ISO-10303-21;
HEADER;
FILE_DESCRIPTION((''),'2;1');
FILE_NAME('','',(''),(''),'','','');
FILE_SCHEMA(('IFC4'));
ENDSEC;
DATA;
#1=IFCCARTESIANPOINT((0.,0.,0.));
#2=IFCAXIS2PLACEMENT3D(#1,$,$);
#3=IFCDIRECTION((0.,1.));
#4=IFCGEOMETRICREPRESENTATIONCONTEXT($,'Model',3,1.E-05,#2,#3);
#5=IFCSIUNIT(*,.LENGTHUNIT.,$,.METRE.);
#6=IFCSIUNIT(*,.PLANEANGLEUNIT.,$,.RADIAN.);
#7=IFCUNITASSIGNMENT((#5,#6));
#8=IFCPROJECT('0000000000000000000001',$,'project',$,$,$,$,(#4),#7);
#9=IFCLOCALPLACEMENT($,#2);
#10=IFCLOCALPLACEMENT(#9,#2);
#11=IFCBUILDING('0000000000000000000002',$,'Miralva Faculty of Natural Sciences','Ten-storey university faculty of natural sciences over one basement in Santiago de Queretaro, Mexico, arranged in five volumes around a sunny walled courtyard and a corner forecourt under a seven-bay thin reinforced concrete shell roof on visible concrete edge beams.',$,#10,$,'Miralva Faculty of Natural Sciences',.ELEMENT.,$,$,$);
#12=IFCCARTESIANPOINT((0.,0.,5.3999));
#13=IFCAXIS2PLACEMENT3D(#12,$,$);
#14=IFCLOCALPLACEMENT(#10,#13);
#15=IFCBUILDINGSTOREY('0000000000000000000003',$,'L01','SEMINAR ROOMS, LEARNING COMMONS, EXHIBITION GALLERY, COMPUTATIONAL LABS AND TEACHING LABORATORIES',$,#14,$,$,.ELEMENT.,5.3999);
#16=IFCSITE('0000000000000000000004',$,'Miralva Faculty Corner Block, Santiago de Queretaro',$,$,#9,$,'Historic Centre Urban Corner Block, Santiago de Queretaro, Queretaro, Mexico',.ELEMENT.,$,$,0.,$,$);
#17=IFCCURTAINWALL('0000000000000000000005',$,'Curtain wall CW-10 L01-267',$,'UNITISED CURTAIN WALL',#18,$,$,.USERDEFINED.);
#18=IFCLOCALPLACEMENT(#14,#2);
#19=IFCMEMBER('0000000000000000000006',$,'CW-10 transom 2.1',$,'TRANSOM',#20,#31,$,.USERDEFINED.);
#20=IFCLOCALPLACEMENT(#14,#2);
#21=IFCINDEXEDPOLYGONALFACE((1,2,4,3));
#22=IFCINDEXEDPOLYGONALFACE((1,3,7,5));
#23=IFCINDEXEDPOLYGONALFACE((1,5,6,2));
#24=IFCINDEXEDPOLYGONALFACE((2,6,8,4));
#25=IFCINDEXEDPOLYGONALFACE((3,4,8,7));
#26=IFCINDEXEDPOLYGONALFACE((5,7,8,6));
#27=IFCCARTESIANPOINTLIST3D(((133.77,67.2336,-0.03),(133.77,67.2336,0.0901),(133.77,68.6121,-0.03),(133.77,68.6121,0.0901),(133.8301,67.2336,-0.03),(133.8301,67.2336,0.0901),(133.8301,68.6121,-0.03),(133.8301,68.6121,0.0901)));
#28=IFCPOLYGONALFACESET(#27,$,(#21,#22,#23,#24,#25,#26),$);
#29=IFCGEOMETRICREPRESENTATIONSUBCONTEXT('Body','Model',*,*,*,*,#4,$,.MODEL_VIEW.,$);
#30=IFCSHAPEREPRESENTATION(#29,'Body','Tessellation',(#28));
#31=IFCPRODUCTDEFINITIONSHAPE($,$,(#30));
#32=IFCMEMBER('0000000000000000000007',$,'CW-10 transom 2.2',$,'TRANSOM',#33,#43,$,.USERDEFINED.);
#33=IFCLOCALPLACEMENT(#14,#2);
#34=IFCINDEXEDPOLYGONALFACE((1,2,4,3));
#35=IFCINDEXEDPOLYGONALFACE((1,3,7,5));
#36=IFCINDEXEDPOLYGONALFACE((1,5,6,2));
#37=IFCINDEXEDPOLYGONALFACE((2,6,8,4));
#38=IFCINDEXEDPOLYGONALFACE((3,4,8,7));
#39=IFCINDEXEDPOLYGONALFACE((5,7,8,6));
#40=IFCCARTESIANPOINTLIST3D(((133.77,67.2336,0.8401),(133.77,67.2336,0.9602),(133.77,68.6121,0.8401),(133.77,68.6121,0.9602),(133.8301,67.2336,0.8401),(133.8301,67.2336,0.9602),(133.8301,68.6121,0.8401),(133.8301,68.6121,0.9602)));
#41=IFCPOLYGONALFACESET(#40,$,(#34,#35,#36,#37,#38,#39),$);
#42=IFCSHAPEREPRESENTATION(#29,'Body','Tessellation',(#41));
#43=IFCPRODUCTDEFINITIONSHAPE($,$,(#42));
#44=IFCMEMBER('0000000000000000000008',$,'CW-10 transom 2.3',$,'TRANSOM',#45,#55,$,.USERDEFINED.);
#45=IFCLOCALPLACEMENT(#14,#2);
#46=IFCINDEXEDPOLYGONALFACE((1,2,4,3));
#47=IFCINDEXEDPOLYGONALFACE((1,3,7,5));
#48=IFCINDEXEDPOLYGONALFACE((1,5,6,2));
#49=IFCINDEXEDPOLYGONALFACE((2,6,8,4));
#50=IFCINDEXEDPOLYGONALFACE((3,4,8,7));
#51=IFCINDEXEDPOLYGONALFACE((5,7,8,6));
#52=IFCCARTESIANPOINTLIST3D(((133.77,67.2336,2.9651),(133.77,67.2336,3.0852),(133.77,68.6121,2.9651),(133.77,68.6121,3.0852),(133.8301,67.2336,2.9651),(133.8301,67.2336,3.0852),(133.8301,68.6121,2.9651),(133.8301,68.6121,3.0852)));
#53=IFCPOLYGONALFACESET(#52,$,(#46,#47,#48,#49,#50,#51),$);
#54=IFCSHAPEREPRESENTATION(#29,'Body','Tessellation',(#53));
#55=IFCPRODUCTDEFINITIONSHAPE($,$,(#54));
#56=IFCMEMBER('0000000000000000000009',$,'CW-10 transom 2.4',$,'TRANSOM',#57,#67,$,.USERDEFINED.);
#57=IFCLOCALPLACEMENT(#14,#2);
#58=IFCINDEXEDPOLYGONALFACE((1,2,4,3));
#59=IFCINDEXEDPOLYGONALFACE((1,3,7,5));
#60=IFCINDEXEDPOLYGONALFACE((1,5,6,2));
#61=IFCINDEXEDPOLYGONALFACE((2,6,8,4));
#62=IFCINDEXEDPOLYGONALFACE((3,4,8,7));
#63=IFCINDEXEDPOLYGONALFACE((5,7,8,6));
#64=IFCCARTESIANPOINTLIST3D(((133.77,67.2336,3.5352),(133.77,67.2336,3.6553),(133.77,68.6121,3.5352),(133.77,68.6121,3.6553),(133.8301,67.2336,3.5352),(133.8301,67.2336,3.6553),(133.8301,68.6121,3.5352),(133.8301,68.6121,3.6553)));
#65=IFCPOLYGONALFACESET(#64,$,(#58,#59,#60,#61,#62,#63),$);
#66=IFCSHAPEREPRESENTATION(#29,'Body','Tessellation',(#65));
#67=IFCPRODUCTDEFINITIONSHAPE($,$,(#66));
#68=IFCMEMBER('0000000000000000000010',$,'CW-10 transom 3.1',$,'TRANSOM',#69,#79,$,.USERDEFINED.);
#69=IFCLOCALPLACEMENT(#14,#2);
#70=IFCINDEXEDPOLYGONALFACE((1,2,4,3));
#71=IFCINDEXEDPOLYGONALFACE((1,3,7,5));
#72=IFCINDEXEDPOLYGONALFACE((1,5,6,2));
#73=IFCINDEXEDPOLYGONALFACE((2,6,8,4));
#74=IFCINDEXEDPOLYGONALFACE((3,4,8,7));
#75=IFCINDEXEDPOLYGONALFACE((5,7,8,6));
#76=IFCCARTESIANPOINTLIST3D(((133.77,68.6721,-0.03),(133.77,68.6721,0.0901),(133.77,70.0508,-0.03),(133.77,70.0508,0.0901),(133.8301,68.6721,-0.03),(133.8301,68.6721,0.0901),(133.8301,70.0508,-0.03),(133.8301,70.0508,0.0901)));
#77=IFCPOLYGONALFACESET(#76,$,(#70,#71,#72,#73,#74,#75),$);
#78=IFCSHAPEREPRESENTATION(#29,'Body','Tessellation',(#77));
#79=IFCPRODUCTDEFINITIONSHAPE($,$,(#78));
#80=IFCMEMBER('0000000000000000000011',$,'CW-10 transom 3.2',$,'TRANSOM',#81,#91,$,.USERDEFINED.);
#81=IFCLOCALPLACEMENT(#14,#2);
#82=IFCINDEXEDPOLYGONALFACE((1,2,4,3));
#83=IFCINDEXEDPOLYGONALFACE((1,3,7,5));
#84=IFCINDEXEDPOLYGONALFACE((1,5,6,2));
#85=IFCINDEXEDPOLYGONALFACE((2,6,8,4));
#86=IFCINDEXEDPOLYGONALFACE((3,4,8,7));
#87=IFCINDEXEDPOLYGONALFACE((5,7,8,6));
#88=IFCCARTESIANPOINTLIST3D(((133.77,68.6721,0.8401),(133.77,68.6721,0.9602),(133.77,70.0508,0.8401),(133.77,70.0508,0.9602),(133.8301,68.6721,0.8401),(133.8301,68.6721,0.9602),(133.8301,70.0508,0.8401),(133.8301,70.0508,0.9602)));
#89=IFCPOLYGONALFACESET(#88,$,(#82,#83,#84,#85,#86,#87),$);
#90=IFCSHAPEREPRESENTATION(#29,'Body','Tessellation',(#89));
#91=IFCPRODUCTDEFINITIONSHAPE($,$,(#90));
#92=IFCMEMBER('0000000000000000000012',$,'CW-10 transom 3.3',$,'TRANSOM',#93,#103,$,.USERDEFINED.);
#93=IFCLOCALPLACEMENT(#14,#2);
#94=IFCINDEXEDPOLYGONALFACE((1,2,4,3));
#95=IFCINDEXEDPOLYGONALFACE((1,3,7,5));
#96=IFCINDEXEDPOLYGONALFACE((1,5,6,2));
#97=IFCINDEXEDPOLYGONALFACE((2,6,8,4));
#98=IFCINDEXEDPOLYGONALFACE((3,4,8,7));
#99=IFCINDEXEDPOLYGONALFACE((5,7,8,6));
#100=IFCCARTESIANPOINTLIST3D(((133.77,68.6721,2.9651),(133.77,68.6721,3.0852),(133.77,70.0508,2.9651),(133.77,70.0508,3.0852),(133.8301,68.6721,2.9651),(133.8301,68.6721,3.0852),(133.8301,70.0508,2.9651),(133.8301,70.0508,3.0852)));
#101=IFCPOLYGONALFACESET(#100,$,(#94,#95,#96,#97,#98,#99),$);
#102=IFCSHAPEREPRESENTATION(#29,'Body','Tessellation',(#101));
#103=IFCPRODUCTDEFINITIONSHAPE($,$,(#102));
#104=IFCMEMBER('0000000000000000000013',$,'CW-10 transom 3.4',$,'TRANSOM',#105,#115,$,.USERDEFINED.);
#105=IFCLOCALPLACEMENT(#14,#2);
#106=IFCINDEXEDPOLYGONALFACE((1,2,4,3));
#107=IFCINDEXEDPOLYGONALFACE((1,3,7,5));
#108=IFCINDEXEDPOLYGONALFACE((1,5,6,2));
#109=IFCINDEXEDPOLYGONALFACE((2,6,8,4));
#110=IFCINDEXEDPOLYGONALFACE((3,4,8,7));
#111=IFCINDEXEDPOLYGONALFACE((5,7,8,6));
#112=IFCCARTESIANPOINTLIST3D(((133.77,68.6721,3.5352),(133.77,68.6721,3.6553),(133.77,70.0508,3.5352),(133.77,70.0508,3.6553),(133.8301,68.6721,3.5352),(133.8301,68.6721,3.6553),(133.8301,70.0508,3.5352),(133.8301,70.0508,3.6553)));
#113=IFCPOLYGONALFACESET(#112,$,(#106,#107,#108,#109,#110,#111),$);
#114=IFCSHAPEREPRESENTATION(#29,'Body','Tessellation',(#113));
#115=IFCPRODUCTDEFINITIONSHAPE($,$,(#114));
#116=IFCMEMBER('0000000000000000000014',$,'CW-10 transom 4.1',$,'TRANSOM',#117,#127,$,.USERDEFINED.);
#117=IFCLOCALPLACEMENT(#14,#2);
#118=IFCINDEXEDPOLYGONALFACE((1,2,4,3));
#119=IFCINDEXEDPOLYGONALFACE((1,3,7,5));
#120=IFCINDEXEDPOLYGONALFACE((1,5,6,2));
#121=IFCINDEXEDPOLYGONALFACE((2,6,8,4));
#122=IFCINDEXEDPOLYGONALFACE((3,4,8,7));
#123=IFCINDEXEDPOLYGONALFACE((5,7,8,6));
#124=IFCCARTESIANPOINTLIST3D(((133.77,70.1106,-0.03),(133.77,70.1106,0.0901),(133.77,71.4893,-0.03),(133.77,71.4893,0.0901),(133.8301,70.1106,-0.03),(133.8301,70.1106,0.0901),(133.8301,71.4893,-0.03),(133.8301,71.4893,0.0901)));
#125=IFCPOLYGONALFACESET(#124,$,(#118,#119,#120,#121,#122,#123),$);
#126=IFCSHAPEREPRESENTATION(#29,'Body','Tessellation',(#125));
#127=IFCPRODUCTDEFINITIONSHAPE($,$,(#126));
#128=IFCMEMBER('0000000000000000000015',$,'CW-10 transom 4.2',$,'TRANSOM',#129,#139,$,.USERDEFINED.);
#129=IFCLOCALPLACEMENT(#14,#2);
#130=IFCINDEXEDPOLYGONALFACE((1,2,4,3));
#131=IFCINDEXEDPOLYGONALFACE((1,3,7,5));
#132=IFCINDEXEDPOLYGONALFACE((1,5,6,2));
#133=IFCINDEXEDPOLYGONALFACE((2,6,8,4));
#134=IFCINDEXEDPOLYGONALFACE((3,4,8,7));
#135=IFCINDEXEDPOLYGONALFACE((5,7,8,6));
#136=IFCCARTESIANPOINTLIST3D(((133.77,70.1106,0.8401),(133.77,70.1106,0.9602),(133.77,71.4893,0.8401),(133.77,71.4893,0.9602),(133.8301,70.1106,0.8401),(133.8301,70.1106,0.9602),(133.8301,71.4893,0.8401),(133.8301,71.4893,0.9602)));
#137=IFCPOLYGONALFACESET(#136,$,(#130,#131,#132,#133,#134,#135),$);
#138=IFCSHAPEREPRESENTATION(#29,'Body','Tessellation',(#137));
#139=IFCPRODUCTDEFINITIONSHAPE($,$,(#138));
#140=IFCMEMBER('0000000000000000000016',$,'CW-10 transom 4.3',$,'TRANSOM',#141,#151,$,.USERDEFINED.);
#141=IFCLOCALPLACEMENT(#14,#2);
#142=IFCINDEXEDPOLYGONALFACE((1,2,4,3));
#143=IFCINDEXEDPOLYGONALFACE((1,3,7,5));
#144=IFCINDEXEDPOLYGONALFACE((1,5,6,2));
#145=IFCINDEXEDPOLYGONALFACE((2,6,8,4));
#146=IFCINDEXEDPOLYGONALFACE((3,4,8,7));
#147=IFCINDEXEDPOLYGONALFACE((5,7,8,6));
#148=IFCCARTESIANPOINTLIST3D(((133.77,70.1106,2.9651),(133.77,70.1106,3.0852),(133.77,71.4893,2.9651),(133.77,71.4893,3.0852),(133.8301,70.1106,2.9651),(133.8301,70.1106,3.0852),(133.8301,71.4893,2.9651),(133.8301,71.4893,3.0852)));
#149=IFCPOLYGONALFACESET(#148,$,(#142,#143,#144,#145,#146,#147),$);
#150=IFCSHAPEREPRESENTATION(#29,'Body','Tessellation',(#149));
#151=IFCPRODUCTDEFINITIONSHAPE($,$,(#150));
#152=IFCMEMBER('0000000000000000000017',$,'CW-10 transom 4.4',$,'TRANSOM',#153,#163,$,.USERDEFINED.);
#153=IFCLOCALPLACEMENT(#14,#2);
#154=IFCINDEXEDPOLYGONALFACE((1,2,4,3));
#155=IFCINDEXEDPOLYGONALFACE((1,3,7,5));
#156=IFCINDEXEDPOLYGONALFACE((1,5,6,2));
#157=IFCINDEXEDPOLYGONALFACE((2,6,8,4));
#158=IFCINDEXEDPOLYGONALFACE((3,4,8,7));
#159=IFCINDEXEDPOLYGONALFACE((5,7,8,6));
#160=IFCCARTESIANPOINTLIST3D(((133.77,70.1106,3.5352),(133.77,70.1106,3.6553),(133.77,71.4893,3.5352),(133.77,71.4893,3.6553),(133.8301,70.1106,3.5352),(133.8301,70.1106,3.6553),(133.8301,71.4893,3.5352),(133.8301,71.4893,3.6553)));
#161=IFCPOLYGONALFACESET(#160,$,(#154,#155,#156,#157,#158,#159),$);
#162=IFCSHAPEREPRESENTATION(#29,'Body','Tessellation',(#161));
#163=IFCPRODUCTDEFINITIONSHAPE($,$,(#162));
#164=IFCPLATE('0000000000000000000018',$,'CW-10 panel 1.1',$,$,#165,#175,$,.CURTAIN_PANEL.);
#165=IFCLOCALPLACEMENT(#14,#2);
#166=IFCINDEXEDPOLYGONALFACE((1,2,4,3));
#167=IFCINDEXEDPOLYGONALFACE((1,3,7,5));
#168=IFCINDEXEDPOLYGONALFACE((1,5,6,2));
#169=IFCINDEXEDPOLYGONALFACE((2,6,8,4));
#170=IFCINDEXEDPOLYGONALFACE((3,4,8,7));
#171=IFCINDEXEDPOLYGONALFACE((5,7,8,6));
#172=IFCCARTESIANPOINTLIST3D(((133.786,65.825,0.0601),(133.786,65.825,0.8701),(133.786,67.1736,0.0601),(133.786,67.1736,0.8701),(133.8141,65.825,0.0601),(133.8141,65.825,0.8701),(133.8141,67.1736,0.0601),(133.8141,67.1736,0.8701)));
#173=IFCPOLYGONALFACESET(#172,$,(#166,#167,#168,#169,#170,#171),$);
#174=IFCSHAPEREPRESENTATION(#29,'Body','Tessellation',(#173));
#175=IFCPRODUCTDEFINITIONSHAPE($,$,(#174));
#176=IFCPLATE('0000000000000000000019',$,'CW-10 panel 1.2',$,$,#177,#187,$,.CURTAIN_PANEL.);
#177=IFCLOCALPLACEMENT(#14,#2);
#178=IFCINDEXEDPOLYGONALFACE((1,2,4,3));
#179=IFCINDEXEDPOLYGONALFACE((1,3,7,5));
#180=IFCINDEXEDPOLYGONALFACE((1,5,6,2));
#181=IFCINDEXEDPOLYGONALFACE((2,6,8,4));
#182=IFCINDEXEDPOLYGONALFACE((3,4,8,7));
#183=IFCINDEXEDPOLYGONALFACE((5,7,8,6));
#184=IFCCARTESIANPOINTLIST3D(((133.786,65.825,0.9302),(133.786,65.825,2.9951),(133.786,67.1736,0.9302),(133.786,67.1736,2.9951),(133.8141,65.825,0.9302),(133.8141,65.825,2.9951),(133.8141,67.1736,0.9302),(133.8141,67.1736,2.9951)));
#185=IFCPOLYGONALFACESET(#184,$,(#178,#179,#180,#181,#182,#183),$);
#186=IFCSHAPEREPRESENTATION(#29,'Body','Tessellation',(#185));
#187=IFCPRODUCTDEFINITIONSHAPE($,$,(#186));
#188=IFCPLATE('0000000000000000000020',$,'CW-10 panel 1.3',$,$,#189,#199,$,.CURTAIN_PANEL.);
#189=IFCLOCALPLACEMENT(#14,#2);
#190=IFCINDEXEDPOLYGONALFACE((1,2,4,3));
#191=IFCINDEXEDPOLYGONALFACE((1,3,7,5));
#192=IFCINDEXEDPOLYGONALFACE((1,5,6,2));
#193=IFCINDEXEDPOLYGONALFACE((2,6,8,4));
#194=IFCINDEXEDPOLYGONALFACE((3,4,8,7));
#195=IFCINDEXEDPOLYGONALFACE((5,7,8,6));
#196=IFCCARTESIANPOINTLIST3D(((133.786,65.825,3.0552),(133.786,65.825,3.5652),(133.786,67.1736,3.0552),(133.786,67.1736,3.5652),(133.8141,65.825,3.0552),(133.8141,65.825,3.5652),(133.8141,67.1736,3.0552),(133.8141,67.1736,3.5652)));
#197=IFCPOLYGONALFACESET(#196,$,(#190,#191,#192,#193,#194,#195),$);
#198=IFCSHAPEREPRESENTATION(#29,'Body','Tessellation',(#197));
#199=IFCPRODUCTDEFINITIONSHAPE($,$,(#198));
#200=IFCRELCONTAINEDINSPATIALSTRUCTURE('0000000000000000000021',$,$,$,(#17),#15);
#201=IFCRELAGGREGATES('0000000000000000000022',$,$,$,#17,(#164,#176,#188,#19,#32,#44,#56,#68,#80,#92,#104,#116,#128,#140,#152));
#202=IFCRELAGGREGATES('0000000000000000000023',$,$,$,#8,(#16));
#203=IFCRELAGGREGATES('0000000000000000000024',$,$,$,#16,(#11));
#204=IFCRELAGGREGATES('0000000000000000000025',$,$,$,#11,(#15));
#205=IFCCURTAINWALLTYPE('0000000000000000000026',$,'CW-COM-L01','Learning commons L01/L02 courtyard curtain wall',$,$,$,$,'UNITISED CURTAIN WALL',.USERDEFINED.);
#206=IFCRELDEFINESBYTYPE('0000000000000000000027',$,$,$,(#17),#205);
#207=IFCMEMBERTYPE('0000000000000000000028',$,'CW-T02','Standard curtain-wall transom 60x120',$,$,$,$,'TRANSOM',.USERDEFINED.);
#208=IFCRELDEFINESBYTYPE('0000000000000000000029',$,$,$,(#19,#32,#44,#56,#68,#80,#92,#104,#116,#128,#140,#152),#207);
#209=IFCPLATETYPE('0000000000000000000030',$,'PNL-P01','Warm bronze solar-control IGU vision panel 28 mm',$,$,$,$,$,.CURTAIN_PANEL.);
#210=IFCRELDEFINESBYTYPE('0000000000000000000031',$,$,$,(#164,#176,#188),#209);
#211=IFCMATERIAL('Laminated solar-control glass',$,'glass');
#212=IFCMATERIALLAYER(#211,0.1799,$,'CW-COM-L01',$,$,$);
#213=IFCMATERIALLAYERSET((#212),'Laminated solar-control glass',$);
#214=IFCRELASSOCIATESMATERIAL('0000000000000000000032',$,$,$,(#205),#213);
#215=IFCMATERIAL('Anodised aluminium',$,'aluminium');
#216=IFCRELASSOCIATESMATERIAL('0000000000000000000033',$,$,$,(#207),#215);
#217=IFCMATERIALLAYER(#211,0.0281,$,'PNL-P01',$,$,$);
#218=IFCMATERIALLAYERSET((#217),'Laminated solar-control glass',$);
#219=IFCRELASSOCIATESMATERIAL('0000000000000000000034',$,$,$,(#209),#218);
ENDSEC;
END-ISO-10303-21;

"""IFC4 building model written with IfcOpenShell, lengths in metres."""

from ifc_helpers import new_model, si_unit, direction, frame, origin, origin_2d, place, context, subcontext, project, spatial, rectangle, extrude, material, layer, layer_set, material_profile, profile_set, type_object, element, aggregate, save


model = new_model("IFC4")

# Units and contexts
model_context = context("Model", 3, precision=1e-05, world=origin(), true_north=direction((0.0, 1.0)))
body_context = subcontext(model_context, "Body", "Model", "MODEL_VIEW")
ifc_project = project(units=[si_unit("LENGTHUNIT", "METRE"), si_unit("PLANEANGLEUNIT", "RADIAN")], contexts=[model_context])

# Site, building, storey
site_placement = place(None, origin())
site = spatial("IfcSite", under=ifc_project, at=site_placement, Name="Miralva Faculty Corner Block, Santiago de Queretaro", LongName="Historic Centre Urban Corner Block, Santiago de Queretaro, Queretaro, Mexico", CompositionType="ELEMENT", RefElevation=0.0)
building_placement = place(site_placement, origin())
building = spatial("IfcBuilding", under=site, at=building_placement, Name="Miralva Faculty of Natural Sciences", Description="Ten-storey university faculty of natural sciences over one basement in Santiago de Queretaro, Mexico, arranged in five volumes around a sunny walled courtyard and a corner forecourt under a seven-bay thin reinforced concrete shell roof on visible concrete edge beams.", LongName="Miralva Faculty of Natural Sciences", CompositionType="ELEMENT")
storey_placement = place(building_placement, frame((0.0, 0.0, 5.3999)))
storey = spatial("IfcBuildingStorey", under=building, at=storey_placement, Name="L01", Description="SEMINAR ROOMS, LEARNING COMMONS, EXHIBITION GALLERY, COMPUTATIONAL LABS AND TEACHING LABORATORIES", CompositionType="ELEMENT", Elevation=5.3999)

# Curtain wall, members, plates
ifc_material_1 = material(Name="Laminated solar-control glass", Category="glass")
ifc_layer_1 = layer(ifc_material_1, 0.1799, Name="CW-COM-L01")
ifc_layer_set_1 = layer_set([ifc_layer_1], Name="Laminated solar-control glass")
curtain_wall_type = type_object("IfcCurtainWallType", Name="CW-COM-L01", Description="Learning commons L01/L02 courtyard curtain wall", ElementType="UNITISED CURTAIN WALL", PredefinedType="USERDEFINED", material=ifc_layer_set_1)
curtain_wall_placement = place(storey_placement, origin())
curtain_wall = element("IfcCurtainWall", 1, at=curtain_wall_placement, inside=storey, type_object=curtain_wall_type, Name="Curtain wall CW-10 L01-267", ObjectType="UNITISED CURTAIN WALL", PredefinedType="USERDEFINED")
ifc_material_2 = material(Name="Anodised aluminium", Category="aluminium")
ifc_material_profile_1 = material_profile(ifc_material_2, rectangle(XDim=0.0601, YDim=0.1201, at=origin_2d()), Name="TRANSOM 60x120")
ifc_profile_set_1 = profile_set([ifc_material_profile_1], Name="Anodised aluminium")
member_type_1 = type_object("IfcMemberType", Name="CW-T02", Description="Standard curtain-wall transom 60x120", ElementType="TRANSOM", PredefinedType="USERDEFINED", material=ifc_profile_set_1)
member_1_placement = place(storey_placement, frame((133.8, 67.2336, 0.03), z_axis=(0.0, 1.0, 0.0), x_axis=(-1.0, 0.0, 0.0)))
member_1 = element("IfcMember", 2, at=member_1_placement, type_object=member_type_1, Name="CW-10 transom 2.1", ObjectType="TRANSOM", PredefinedType="USERDEFINED", context=body_context, shape_type="SweptSolid", body=[
    extrude(rectangle(XDim=0.0601, YDim=0.1201, at=origin_2d()), origin(), (0.0, 0.0, 1.0), 1.3784),
])
member_2_placement = place(storey_placement, frame((133.8, 67.2336, 0.9001), z_axis=(0.0, 1.0, 0.0), x_axis=(-1.0, 0.0, 0.0)))
member_2 = element("IfcMember", 3, at=member_2_placement, type_object=member_type_1, Name="CW-10 transom 2.2", ObjectType="TRANSOM", PredefinedType="USERDEFINED", context=body_context, shape_type="SweptSolid", body=[
    extrude(rectangle(XDim=0.0601, YDim=0.1201, at=origin_2d()), origin(), (0.0, 0.0, 1.0), 1.3784),
])
member_3_placement = place(storey_placement, frame((133.8, 67.2336, 3.0251), z_axis=(0.0, 1.0, 0.0), x_axis=(-1.0, 0.0, 0.0)))
member_3 = element("IfcMember", 4, at=member_3_placement, type_object=member_type_1, Name="CW-10 transom 2.3", ObjectType="TRANSOM", PredefinedType="USERDEFINED", context=body_context, shape_type="SweptSolid", body=[
    extrude(rectangle(XDim=0.0601, YDim=0.1201, at=origin_2d()), origin(), (0.0, 0.0, 1.0), 1.3784),
])
member_4_placement = place(storey_placement, frame((133.8, 67.2336, 3.5952), z_axis=(0.0, 1.0, 0.0), x_axis=(-1.0, 0.0, 0.0)))
member_4 = element("IfcMember", 5, at=member_4_placement, type_object=member_type_1, Name="CW-10 transom 2.4", ObjectType="TRANSOM", PredefinedType="USERDEFINED", context=body_context, shape_type="SweptSolid", body=[
    extrude(rectangle(XDim=0.0601, YDim=0.1201, at=origin_2d()), origin(), (0.0, 0.0, 1.0), 1.3784),
])
member_5_placement = place(storey_placement, frame((133.8, 68.6721, 0.03), z_axis=(0.0, 1.0, 0.0), x_axis=(-1.0, 0.0, 0.0)))
member_5 = element("IfcMember", 6, at=member_5_placement, type_object=member_type_1, Name="CW-10 transom 3.1", ObjectType="TRANSOM", PredefinedType="USERDEFINED", context=body_context, shape_type="SweptSolid", body=[
    extrude(rectangle(XDim=0.0601, YDim=0.1201, at=origin_2d()), origin(), (0.0, 0.0, 1.0), 1.3787),
])
member_6_placement = place(storey_placement, frame((133.8, 68.6721, 0.9001), z_axis=(0.0, 1.0, 0.0), x_axis=(-1.0, 0.0, 0.0)))
member_6 = element("IfcMember", 7, at=member_6_placement, type_object=member_type_1, Name="CW-10 transom 3.2", ObjectType="TRANSOM", PredefinedType="USERDEFINED", context=body_context, shape_type="SweptSolid", body=[
    extrude(rectangle(XDim=0.0601, YDim=0.1201, at=origin_2d()), origin(), (0.0, 0.0, 1.0), 1.3787),
])
member_7_placement = place(storey_placement, frame((133.8, 68.6721, 3.0251), z_axis=(0.0, 1.0, 0.0), x_axis=(-1.0, 0.0, 0.0)))
member_7 = element("IfcMember", 8, at=member_7_placement, type_object=member_type_1, Name="CW-10 transom 3.3", ObjectType="TRANSOM", PredefinedType="USERDEFINED", context=body_context, shape_type="SweptSolid", body=[
    extrude(rectangle(XDim=0.0601, YDim=0.1201, at=origin_2d()), origin(), (0.0, 0.0, 1.0), 1.3787),
])
member_8_placement = place(storey_placement, frame((133.8, 68.6721, 3.5952), z_axis=(0.0, 1.0, 0.0), x_axis=(-1.0, 0.0, 0.0)))
member_8 = element("IfcMember", 9, at=member_8_placement, type_object=member_type_1, Name="CW-10 transom 3.4", ObjectType="TRANSOM", PredefinedType="USERDEFINED", context=body_context, shape_type="SweptSolid", body=[
    extrude(rectangle(XDim=0.0601, YDim=0.1201, at=origin_2d()), origin(), (0.0, 0.0, 1.0), 1.3787),
])
member_9_placement = place(storey_placement, frame((133.8, 70.1106, 0.03), z_axis=(0.0, 1.0, 0.0), x_axis=(-1.0, 0.0, 0.0)))
member_9 = element("IfcMember", 10, at=member_9_placement, type_object=member_type_1, Name="CW-10 transom 4.1", ObjectType="TRANSOM", PredefinedType="USERDEFINED", context=body_context, shape_type="SweptSolid", body=[
    extrude(rectangle(XDim=0.0601, YDim=0.1201, at=origin_2d()), origin(), (0.0, 0.0, 1.0), 1.3787),
])
member_10_placement = place(storey_placement, frame((133.8, 70.1106, 0.9001), z_axis=(0.0, 1.0, 0.0), x_axis=(-1.0, 0.0, 0.0)))
member_10 = element("IfcMember", 11, at=member_10_placement, type_object=member_type_1, Name="CW-10 transom 4.2", ObjectType="TRANSOM", PredefinedType="USERDEFINED", context=body_context, shape_type="SweptSolid", body=[
    extrude(rectangle(XDim=0.0601, YDim=0.1201, at=origin_2d()), origin(), (0.0, 0.0, 1.0), 1.3787),
])
member_11_placement = place(storey_placement, frame((133.8, 70.1106, 3.0251), z_axis=(0.0, 1.0, 0.0), x_axis=(-1.0, 0.0, 0.0)))
member_11 = element("IfcMember", 12, at=member_11_placement, type_object=member_type_1, Name="CW-10 transom 4.3", ObjectType="TRANSOM", PredefinedType="USERDEFINED", context=body_context, shape_type="SweptSolid", body=[
    extrude(rectangle(XDim=0.0601, YDim=0.1201, at=origin_2d()), origin(), (0.0, 0.0, 1.0), 1.3787),
])
member_12_placement = place(storey_placement, frame((133.8, 70.1106, 3.5952), z_axis=(0.0, 1.0, 0.0), x_axis=(-1.0, 0.0, 0.0)))
member_12 = element("IfcMember", 13, at=member_12_placement, type_object=member_type_1, Name="CW-10 transom 4.4", ObjectType="TRANSOM", PredefinedType="USERDEFINED", context=body_context, shape_type="SweptSolid", body=[
    extrude(rectangle(XDim=0.0601, YDim=0.1201, at=origin_2d()), origin(), (0.0, 0.0, 1.0), 1.3787),
])
ifc_layer_2 = layer(ifc_material_1, 0.0281, Name="PNL-P01")
ifc_layer_set_2 = layer_set([ifc_layer_2], Name="Laminated solar-control glass")
plate_type = type_object("IfcPlateType", Name="PNL-P01", Description="Warm bronze solar-control IGU vision panel 28 mm", PredefinedType="CURTAIN_PANEL", material=ifc_layer_set_2)
plate_1_placement = place(storey_placement, frame((133.8, 66.4993, 0.0601), z_axis=(0.0, 0.0, 1.0), x_axis=(0.0, 1.0, 0.0)))
plate_1 = element("IfcPlate", 14, at=plate_1_placement, type_object=plate_type, Name="CW-10 panel 1.1", PredefinedType="CURTAIN_PANEL", context=body_context, shape_type="SweptSolid", body=[
    extrude(rectangle(XDim=1.3486, YDim=0.0281, at=origin_2d()), origin(), (0.0, 0.0, 1.0), 0.8101),
])
plate_2_placement = place(storey_placement, frame((133.8, 66.4993, 0.9302), z_axis=(0.0, 0.0, 1.0), x_axis=(0.0, 1.0, 0.0)))
plate_2 = element("IfcPlate", 15, at=plate_2_placement, type_object=plate_type, Name="CW-10 panel 1.2", PredefinedType="CURTAIN_PANEL", context=body_context, shape_type="SweptSolid", body=[
    extrude(rectangle(XDim=1.3486, YDim=0.0281, at=origin_2d()), origin(), (0.0, 0.0, 1.0), 2.0649),
])
plate_3_placement = place(storey_placement, frame((133.8, 66.4993, 3.0552), z_axis=(0.0, 0.0, 1.0), x_axis=(0.0, 1.0, 0.0)))
plate_3 = element("IfcPlate", 16, at=plate_3_placement, type_object=plate_type, Name="CW-10 panel 1.3", PredefinedType="CURTAIN_PANEL", context=body_context, shape_type="SweptSolid", body=[
    extrude(rectangle(XDim=1.3486, YDim=0.0281, at=origin_2d()), origin(), (0.0, 0.0, 1.0), 0.51),
])
aggregate(curtain_wall, [plate_1, plate_2, plate_3, member_1, member_2, member_3, member_4, member_5, member_6, member_7, member_8, member_9, member_10, member_11, member_12])

save(model, "model.ifc")
